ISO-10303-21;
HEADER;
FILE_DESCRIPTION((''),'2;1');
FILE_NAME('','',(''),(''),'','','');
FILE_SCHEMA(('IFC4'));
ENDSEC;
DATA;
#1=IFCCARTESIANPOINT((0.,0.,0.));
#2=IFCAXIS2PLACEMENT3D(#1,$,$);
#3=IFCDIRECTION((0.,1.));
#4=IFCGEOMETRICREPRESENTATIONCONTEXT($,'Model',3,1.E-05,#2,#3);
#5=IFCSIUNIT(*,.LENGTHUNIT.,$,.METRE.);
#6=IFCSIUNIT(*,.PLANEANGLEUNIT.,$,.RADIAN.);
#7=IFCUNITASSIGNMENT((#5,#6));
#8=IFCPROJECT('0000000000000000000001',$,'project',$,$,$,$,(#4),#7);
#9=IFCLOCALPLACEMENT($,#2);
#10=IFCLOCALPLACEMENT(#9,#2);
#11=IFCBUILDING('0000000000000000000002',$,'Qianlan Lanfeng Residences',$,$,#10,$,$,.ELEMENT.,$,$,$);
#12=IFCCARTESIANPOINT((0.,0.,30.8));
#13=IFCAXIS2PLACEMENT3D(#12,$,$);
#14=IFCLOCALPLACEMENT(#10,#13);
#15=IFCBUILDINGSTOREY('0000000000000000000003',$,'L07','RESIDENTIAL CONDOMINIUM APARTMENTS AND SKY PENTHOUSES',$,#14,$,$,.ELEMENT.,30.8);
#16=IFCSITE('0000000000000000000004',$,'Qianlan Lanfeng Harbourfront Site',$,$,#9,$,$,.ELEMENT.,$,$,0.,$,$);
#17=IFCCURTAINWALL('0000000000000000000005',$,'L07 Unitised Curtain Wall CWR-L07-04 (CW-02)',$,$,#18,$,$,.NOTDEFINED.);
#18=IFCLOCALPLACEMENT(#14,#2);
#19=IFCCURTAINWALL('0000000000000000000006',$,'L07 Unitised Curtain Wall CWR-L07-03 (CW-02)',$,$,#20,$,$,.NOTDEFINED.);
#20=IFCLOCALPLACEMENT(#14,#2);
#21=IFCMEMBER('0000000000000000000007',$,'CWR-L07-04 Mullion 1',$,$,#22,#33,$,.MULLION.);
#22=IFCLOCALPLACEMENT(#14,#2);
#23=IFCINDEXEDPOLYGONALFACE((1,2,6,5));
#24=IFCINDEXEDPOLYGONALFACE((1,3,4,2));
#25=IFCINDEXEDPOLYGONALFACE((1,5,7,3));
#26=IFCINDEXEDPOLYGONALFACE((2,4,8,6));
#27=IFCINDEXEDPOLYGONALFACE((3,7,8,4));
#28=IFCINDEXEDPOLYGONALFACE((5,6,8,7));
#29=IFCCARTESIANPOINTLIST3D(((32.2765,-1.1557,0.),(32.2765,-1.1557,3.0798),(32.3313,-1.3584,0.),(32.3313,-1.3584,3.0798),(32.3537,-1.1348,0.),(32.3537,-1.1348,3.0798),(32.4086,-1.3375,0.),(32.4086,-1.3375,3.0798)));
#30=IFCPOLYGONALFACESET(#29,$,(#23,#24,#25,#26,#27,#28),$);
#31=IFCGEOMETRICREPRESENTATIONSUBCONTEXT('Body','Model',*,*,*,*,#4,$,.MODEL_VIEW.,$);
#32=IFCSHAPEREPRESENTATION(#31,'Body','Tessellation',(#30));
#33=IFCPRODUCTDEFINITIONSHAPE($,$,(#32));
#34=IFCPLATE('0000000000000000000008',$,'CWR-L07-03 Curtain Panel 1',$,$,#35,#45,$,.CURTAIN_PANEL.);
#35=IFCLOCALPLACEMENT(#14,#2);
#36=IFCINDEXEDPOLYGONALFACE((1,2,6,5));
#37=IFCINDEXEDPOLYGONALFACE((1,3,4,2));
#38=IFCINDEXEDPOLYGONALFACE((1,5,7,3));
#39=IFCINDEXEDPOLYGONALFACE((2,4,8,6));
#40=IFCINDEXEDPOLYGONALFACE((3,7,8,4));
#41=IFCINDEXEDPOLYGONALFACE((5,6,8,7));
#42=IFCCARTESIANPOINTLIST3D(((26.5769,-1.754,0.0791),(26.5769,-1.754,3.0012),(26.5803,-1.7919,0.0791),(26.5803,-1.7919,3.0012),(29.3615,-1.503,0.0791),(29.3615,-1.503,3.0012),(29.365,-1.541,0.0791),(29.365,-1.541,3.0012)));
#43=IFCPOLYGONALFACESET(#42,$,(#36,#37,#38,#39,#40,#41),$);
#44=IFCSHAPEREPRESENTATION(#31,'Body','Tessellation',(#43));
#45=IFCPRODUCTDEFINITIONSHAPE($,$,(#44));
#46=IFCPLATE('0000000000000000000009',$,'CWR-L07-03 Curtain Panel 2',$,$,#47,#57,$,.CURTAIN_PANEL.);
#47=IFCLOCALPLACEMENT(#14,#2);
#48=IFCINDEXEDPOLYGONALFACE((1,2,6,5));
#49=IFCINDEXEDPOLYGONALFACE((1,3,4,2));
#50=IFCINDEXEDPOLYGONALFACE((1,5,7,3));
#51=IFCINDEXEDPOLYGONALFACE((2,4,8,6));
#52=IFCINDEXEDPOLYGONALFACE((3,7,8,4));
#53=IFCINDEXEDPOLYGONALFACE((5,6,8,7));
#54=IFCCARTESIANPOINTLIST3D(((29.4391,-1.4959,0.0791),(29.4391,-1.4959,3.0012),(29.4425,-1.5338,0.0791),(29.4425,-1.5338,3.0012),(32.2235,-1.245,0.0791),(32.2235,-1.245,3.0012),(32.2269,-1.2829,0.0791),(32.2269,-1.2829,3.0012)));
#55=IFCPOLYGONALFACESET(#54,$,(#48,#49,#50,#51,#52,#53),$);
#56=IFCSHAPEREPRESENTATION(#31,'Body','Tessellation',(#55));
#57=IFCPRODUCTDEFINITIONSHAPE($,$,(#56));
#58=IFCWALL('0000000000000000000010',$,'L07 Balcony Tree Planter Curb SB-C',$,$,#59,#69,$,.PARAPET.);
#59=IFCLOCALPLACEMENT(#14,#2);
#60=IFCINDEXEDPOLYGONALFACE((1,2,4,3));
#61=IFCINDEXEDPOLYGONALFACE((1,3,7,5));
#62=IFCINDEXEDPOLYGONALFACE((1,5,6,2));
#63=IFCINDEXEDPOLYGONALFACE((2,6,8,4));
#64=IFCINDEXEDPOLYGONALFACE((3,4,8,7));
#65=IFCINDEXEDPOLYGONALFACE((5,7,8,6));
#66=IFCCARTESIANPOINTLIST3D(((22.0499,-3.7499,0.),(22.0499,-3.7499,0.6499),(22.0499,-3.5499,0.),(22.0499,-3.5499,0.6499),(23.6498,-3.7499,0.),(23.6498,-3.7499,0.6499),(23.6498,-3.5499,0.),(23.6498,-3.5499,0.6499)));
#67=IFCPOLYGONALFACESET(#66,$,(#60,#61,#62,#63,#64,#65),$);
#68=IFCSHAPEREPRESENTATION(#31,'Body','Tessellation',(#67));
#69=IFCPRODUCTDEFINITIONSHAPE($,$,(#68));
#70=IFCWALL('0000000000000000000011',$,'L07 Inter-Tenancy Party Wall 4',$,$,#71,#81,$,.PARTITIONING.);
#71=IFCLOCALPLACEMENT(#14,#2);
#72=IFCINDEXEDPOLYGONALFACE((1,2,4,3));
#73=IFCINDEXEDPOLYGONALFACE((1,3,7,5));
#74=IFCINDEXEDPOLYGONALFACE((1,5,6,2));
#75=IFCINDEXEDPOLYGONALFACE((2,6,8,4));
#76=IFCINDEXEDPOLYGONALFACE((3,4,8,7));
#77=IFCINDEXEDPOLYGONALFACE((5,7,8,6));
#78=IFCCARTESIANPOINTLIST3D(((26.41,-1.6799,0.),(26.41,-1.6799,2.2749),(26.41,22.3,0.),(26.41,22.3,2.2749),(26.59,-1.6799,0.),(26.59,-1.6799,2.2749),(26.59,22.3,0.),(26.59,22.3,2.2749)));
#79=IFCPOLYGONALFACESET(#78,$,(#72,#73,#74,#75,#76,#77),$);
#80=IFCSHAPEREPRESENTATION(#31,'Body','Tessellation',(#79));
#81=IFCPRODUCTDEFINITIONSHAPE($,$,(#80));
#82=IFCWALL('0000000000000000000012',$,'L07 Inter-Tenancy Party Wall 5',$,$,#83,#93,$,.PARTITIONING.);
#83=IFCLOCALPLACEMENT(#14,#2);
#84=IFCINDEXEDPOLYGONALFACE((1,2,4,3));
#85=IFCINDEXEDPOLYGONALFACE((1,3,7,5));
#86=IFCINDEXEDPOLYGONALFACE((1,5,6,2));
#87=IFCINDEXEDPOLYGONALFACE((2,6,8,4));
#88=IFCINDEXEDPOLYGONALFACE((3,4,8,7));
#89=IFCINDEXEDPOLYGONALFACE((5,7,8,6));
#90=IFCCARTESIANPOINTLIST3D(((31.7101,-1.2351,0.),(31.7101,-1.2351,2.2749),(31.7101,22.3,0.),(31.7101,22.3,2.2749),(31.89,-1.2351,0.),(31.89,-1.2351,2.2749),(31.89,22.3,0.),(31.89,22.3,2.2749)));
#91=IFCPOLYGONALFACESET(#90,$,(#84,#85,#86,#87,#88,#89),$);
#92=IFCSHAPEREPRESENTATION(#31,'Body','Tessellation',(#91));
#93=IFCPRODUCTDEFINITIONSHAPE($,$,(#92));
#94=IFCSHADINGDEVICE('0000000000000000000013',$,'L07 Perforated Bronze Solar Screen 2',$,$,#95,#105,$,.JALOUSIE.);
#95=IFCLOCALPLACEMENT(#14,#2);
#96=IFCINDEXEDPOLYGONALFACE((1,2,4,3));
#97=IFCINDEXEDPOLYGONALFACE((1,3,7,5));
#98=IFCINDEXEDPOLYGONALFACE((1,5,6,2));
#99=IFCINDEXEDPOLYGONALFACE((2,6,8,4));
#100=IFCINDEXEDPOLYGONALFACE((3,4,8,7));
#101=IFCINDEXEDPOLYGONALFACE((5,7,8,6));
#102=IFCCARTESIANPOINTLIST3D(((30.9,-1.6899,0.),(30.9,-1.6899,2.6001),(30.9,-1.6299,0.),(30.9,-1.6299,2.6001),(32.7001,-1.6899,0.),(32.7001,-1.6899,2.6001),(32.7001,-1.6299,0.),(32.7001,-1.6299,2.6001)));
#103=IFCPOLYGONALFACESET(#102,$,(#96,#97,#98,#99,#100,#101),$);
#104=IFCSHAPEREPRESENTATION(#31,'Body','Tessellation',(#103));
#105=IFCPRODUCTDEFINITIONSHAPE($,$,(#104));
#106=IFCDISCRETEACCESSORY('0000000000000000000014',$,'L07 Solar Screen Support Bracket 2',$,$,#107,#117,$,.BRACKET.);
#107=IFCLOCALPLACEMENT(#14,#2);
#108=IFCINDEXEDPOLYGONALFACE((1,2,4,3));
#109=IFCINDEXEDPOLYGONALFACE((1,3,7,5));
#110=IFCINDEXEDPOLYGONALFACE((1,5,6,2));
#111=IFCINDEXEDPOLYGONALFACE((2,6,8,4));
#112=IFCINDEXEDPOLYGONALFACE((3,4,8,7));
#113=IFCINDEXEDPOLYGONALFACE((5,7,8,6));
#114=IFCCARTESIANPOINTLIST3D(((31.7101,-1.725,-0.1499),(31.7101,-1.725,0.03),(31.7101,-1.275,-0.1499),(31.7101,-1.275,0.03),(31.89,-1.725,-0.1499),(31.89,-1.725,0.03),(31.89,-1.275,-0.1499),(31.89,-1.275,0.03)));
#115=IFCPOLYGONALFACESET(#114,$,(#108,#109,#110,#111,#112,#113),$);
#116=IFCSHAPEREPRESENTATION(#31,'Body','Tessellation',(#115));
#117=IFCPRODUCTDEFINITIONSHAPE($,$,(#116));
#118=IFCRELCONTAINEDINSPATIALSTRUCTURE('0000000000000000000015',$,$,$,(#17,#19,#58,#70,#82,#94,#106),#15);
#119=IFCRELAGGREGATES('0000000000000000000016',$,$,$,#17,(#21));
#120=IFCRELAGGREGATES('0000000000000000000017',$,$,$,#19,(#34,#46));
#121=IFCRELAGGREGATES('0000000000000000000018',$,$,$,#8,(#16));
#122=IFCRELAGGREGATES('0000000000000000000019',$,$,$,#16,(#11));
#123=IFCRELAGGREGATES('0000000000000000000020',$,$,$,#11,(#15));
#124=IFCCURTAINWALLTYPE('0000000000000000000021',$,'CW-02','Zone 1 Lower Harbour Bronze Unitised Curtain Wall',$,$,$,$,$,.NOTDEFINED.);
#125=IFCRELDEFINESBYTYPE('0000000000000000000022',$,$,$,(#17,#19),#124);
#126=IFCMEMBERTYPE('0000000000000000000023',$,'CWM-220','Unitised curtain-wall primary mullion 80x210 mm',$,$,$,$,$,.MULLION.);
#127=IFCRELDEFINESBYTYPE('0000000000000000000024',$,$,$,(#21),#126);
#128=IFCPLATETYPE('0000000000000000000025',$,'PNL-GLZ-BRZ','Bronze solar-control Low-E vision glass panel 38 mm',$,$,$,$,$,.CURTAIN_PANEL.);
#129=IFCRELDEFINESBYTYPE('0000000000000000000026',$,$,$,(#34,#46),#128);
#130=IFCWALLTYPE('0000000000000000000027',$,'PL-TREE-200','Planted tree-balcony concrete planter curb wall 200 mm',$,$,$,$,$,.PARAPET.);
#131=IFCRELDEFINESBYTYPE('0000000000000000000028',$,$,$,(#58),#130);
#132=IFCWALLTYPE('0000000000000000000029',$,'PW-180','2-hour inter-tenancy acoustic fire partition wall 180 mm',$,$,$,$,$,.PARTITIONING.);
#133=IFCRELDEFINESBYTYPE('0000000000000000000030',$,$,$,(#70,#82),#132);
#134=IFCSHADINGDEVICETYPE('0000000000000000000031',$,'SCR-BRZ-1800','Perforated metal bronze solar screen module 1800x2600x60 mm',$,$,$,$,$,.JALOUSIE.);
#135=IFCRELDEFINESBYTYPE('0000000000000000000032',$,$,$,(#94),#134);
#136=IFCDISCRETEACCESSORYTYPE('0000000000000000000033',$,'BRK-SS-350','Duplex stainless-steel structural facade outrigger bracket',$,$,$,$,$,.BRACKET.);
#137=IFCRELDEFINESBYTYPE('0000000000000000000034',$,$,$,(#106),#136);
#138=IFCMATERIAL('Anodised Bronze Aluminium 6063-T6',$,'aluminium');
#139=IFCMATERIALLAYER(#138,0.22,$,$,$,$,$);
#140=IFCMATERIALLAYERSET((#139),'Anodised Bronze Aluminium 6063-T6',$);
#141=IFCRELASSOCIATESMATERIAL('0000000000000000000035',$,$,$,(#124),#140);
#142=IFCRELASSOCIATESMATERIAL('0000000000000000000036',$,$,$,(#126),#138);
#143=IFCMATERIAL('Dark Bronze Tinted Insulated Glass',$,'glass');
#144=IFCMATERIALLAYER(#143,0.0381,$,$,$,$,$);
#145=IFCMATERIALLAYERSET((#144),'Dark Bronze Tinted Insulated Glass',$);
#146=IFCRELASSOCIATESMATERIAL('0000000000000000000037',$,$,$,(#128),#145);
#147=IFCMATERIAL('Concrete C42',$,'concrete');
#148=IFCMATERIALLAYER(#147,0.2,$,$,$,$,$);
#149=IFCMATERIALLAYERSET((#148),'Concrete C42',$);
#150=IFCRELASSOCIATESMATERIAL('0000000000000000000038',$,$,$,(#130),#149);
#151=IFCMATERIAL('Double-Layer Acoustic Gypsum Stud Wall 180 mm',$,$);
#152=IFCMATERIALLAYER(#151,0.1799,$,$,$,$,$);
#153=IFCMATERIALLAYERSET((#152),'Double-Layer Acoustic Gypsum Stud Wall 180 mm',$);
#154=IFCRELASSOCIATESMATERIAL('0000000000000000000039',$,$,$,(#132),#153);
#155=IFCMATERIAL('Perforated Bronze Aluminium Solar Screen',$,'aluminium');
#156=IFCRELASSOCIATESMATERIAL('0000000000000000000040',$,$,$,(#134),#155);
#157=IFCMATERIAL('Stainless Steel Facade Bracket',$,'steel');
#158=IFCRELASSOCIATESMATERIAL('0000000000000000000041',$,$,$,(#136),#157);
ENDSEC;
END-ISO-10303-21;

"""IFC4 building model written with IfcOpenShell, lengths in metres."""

from ifc_helpers import new_model, si_unit, direction, frame, frame_2d, origin, origin_2d, place, context, subcontext, project, spatial, rectangle, extrude, source, transform, mapped, material, layer, layer_set, material_profile, profile_set, type_object, element, aggregate, save


model = new_model("IFC4")

# Units and contexts
model_context = context("Model", 3, precision=1e-05, world=origin(), true_north=direction((0.0, 1.0)))
body_context = subcontext(model_context, "Body", "Model", "MODEL_VIEW")
ifc_project = project(units=[si_unit("LENGTHUNIT", "METRE"), si_unit("PLANEANGLEUNIT", "RADIAN")], contexts=[model_context])

# Site, building, storey
site_placement = place(None, origin())
site = spatial("IfcSite", under=ifc_project, at=site_placement, Name="Qianlan Lanfeng Harbourfront Site", CompositionType="ELEMENT", RefElevation=0.0)
building_placement = place(site_placement, origin())
building = spatial("IfcBuilding", under=site, at=building_placement, Name="Qianlan Lanfeng Residences", CompositionType="ELEMENT")
storey_placement = place(building_placement, frame((0.0, 0.0, 30.8)))
storey = spatial("IfcBuildingStorey", under=building, at=storey_placement, Name="L07", Description="RESIDENTIAL CONDOMINIUM APARTMENTS AND SKY PENTHOUSES", CompositionType="ELEMENT", Elevation=30.8)

# Curtain walls
ifc_material_1 = material(Name="Anodised Bronze Aluminium 6063-T6", Category="aluminium")
ifc_layer_1 = layer(ifc_material_1, 0.22)
ifc_layer_set_1 = layer_set([ifc_layer_1], Name="Anodised Bronze Aluminium 6063-T6")
curtain_wall_type = type_object("IfcCurtainWallType", Name="CW-02", Description="Zone 1 Lower Harbour Bronze Unitised Curtain Wall", PredefinedType="NOTDEFINED", material=ifc_layer_set_1)
curtain_wall_1_placement = place(storey_placement, origin())
curtain_wall_1 = element("IfcCurtainWall", 1, at=curtain_wall_1_placement, inside=storey, type_object=curtain_wall_type, Name="L07 Unitised Curtain Wall CWR-L07-04 (CW-02)", PredefinedType="NOTDEFINED")
curtain_wall_2_placement = place(storey_placement, origin())
curtain_wall_2 = element("IfcCurtainWall", 2, at=curtain_wall_2_placement, inside=storey, type_object=curtain_wall_type, Name="L07 Unitised Curtain Wall CWR-L07-03 (CW-02)", PredefinedType="NOTDEFINED")
ifc_material_profile_1 = material_profile(ifc_material_1, rectangle(XDim=0.0801, YDim=0.21, at=origin_2d()), Name="ALU MULLION 80x210")
ifc_profile_set_1 = profile_set([ifc_material_profile_1], Name="Anodised Bronze Aluminium 6063-T6")
member_type_1 = type_object("IfcMemberType", Name="CWM-220", Description="Unitised curtain-wall primary mullion 80x210 mm", PredefinedType="MULLION", material=ifc_profile_set_1)
shared_shape_1 = source(origin(), body_context, "Body", "SweptSolid", [
    extrude(rectangle(XDim=0.0801, YDim=0.21, at=origin_2d()), origin(), (0.0, 0.0, 1.0), 3.0798),
])

# Member
member_1_placement = place(storey_placement, frame((32.3425, -1.2466, 0.0), z_axis=(0.0, 0.0, 1.0), x_axis=(0.965263, 0.261281, 0.0)))
member_1 = element("IfcMember", 3, at=member_1_placement, type_object=member_type_1, Name="CWR-L07-04 Mullion 1", PredefinedType="MULLION", context=body_context, shape_type="MappedRepresentation", body=[
    mapped(shared_shape_1, transform((0.0, 0.0, 0.0), scale=1.0)),
])
aggregate(curtain_wall_1, [member_1])

# Plates
ifc_material_2 = material(Name="Dark Bronze Tinted Insulated Glass", Category="glass")
ifc_layer_2 = layer(ifc_material_2, 0.0381)
ifc_layer_set_2 = layer_set([ifc_layer_2], Name="Dark Bronze Tinted Insulated Glass")
plate_type = type_object("IfcPlateType", Name="PNL-GLZ-BRZ", Description="Bronze solar-control Low-E vision glass panel 38 mm", PredefinedType="CURTAIN_PANEL", material=ifc_layer_set_2)
shared_shape_2 = source(origin(), body_context, "Body", "SweptSolid", [
    extrude(rectangle(XDim=2.7959, YDim=0.0381, at=origin_2d()), origin(), (0.0, 0.0, 1.0), 2.9221),
])
plate_1_placement = place(storey_placement, frame((27.9709, -1.6475, 0.0791), z_axis=(0.0, 0.0, 1.0), x_axis=(0.995965, 0.089746, 0.0)))
plate_1 = element("IfcPlate", 4, at=plate_1_placement, type_object=plate_type, Name="CWR-L07-03 Curtain Panel 1", PredefinedType="CURTAIN_PANEL", context=body_context, shape_type="MappedRepresentation", body=[
    mapped(shared_shape_2, transform((0.0, 0.0, 0.0), scale=1.0)),
])
shared_shape_3 = source(origin(), body_context, "Body", "SweptSolid", [
    extrude(rectangle(XDim=2.7957, YDim=0.0381, at=origin_2d()), origin(), (0.0, 0.0, 1.0), 2.9221),
])
plate_2_placement = place(storey_placement, frame((30.833, -1.3894, 0.0791), z_axis=(0.0, 0.0, 1.0), x_axis=(0.995965, 0.089746, 0.0)))
plate_2 = element("IfcPlate", 5, at=plate_2_placement, type_object=plate_type, Name="CWR-L07-03 Curtain Panel 2", PredefinedType="CURTAIN_PANEL", context=body_context, shape_type="MappedRepresentation", body=[
    mapped(shared_shape_3, transform((0.0, 0.0, 0.0), scale=1.0)),
])
aggregate(curtain_wall_2, [plate_1, plate_2])

# Walls
ifc_material_3 = material(Name="Concrete C42", Category="concrete")
ifc_layer_3 = layer(ifc_material_3, 0.2)
ifc_layer_set_3 = layer_set([ifc_layer_3], Name="Concrete C42")
wall_type_1 = type_object("IfcWallType", Name="PL-TREE-200", Description="Planted tree-balcony concrete planter curb wall 200 mm", PredefinedType="PARAPET", material=ifc_layer_set_3)
wall_1_placement = place(storey_placement, frame((22.05, -3.6499, 0.0), z_axis=(0.0, 0.0, 1.0), x_axis=(1.0, 0.0, 0.0)))
element("IfcWall", 6, at=wall_1_placement, inside=storey, type_object=wall_type_1, Name="L07 Balcony Tree Planter Curb SB-C", PredefinedType="PARAPET", context=body_context, shape_type="SweptSolid", body=[
    extrude(rectangle(XDim=1.5999, YDim=0.2, at=frame_2d((0.7998, 0.0))), origin(), (0.0, 0.0, 1.0), 0.6499),
])
ifc_material_4 = material(Name="Double-Layer Acoustic Gypsum Stud Wall 180 mm")
ifc_layer_4 = layer(ifc_material_4, 0.1799)
ifc_layer_set_4 = layer_set([ifc_layer_4], Name="Double-Layer Acoustic Gypsum Stud Wall 180 mm")
wall_type_2 = type_object("IfcWallType", Name="PW-180", Description="2-hour inter-tenancy acoustic fire partition wall 180 mm", PredefinedType="PARTITIONING", material=ifc_layer_set_4)
wall_2_placement = place(storey_placement, frame((26.5, -1.6799, 0.0), z_axis=(0.0, 0.0, 1.0), x_axis=(0.0, 1.0, 0.0)))
element("IfcWall", 7, at=wall_2_placement, inside=storey, type_object=wall_type_2, Name="L07 Inter-Tenancy Party Wall 4", PredefinedType="PARTITIONING", context=body_context, shape_type="SweptSolid", body=[
    extrude(rectangle(XDim=23.98, YDim=0.1799, at=frame_2d((11.99, 0.0))), origin(), (0.0, 0.0, 1.0), 2.2749),
])
wall_3_placement = place(storey_placement, frame((31.8, -1.2351, 0.0), z_axis=(0.0, 0.0, 1.0), x_axis=(0.0, 1.0, 0.0)))
element("IfcWall", 8, at=wall_3_placement, inside=storey, type_object=wall_type_2, Name="L07 Inter-Tenancy Party Wall 5", PredefinedType="PARTITIONING", context=body_context, shape_type="SweptSolid", body=[
    extrude(rectangle(XDim=23.5352, YDim=0.1799, at=frame_2d((11.7676, 0.0))), origin(), (0.0, 0.0, 1.0), 2.2749),
])

# Shading device
ifc_material_5 = material(Name="Perforated Bronze Aluminium Solar Screen", Category="aluminium")
shading_device_type = type_object("IfcShadingDeviceType", Name="SCR-BRZ-1800", Description="Perforated metal bronze solar screen module 1800x2600x60 mm", PredefinedType="JALOUSIE", material=ifc_material_5)
shared_shape_4 = source(origin(), body_context, "Body", "SweptSolid", [
    extrude(rectangle(XDim=1.8, YDim=0.0601, at=origin_2d()), origin(), (0.0, 0.0, 1.0), 2.6001),
])
shading_device_placement = place(storey_placement, frame((31.8, -1.6599, 0.0), z_axis=(0.0, 0.0, 1.0), x_axis=(1.0, 0.0, 0.0)))
element("IfcShadingDevice", 9, at=shading_device_placement, inside=storey, type_object=shading_device_type, Name="L07 Perforated Bronze Solar Screen 2", PredefinedType="JALOUSIE", context=body_context, shape_type="MappedRepresentation", body=[
    mapped(shared_shape_4, transform((0.0, 0.0, 0.0), scale=1.0)),
])

# Discrete accessory
ifc_material_6 = material(Name="Stainless Steel Facade Bracket", Category="steel")
discrete_accessory_type = type_object("IfcDiscreteAccessoryType", Name="BRK-SS-350", Description="Duplex stainless-steel structural facade outrigger bracket", PredefinedType="BRACKET", material=ifc_material_6)
shared_shape_5 = source(origin(), body_context, "Body", "SweptSolid", [
    extrude(rectangle(XDim=0.1799, YDim=0.45, at=origin_2d()), origin(), (0.0, 0.0, 1.0), 0.1799),
])
discrete_accessory_placement = place(storey_placement, frame((31.8, -1.5, -0.1499), z_axis=(0.0, 0.0, 1.0), x_axis=(1.0, 0.0, 0.0)))
element("IfcDiscreteAccessory", 10, at=discrete_accessory_placement, inside=storey, type_object=discrete_accessory_type, Name="L07 Solar Screen Support Bracket 2", PredefinedType="BRACKET", context=body_context, shape_type="MappedRepresentation", body=[
    mapped(shared_shape_5, transform((0.0, 0.0, 0.0), scale=1.0)),
])

save(model, "model.ifc")
